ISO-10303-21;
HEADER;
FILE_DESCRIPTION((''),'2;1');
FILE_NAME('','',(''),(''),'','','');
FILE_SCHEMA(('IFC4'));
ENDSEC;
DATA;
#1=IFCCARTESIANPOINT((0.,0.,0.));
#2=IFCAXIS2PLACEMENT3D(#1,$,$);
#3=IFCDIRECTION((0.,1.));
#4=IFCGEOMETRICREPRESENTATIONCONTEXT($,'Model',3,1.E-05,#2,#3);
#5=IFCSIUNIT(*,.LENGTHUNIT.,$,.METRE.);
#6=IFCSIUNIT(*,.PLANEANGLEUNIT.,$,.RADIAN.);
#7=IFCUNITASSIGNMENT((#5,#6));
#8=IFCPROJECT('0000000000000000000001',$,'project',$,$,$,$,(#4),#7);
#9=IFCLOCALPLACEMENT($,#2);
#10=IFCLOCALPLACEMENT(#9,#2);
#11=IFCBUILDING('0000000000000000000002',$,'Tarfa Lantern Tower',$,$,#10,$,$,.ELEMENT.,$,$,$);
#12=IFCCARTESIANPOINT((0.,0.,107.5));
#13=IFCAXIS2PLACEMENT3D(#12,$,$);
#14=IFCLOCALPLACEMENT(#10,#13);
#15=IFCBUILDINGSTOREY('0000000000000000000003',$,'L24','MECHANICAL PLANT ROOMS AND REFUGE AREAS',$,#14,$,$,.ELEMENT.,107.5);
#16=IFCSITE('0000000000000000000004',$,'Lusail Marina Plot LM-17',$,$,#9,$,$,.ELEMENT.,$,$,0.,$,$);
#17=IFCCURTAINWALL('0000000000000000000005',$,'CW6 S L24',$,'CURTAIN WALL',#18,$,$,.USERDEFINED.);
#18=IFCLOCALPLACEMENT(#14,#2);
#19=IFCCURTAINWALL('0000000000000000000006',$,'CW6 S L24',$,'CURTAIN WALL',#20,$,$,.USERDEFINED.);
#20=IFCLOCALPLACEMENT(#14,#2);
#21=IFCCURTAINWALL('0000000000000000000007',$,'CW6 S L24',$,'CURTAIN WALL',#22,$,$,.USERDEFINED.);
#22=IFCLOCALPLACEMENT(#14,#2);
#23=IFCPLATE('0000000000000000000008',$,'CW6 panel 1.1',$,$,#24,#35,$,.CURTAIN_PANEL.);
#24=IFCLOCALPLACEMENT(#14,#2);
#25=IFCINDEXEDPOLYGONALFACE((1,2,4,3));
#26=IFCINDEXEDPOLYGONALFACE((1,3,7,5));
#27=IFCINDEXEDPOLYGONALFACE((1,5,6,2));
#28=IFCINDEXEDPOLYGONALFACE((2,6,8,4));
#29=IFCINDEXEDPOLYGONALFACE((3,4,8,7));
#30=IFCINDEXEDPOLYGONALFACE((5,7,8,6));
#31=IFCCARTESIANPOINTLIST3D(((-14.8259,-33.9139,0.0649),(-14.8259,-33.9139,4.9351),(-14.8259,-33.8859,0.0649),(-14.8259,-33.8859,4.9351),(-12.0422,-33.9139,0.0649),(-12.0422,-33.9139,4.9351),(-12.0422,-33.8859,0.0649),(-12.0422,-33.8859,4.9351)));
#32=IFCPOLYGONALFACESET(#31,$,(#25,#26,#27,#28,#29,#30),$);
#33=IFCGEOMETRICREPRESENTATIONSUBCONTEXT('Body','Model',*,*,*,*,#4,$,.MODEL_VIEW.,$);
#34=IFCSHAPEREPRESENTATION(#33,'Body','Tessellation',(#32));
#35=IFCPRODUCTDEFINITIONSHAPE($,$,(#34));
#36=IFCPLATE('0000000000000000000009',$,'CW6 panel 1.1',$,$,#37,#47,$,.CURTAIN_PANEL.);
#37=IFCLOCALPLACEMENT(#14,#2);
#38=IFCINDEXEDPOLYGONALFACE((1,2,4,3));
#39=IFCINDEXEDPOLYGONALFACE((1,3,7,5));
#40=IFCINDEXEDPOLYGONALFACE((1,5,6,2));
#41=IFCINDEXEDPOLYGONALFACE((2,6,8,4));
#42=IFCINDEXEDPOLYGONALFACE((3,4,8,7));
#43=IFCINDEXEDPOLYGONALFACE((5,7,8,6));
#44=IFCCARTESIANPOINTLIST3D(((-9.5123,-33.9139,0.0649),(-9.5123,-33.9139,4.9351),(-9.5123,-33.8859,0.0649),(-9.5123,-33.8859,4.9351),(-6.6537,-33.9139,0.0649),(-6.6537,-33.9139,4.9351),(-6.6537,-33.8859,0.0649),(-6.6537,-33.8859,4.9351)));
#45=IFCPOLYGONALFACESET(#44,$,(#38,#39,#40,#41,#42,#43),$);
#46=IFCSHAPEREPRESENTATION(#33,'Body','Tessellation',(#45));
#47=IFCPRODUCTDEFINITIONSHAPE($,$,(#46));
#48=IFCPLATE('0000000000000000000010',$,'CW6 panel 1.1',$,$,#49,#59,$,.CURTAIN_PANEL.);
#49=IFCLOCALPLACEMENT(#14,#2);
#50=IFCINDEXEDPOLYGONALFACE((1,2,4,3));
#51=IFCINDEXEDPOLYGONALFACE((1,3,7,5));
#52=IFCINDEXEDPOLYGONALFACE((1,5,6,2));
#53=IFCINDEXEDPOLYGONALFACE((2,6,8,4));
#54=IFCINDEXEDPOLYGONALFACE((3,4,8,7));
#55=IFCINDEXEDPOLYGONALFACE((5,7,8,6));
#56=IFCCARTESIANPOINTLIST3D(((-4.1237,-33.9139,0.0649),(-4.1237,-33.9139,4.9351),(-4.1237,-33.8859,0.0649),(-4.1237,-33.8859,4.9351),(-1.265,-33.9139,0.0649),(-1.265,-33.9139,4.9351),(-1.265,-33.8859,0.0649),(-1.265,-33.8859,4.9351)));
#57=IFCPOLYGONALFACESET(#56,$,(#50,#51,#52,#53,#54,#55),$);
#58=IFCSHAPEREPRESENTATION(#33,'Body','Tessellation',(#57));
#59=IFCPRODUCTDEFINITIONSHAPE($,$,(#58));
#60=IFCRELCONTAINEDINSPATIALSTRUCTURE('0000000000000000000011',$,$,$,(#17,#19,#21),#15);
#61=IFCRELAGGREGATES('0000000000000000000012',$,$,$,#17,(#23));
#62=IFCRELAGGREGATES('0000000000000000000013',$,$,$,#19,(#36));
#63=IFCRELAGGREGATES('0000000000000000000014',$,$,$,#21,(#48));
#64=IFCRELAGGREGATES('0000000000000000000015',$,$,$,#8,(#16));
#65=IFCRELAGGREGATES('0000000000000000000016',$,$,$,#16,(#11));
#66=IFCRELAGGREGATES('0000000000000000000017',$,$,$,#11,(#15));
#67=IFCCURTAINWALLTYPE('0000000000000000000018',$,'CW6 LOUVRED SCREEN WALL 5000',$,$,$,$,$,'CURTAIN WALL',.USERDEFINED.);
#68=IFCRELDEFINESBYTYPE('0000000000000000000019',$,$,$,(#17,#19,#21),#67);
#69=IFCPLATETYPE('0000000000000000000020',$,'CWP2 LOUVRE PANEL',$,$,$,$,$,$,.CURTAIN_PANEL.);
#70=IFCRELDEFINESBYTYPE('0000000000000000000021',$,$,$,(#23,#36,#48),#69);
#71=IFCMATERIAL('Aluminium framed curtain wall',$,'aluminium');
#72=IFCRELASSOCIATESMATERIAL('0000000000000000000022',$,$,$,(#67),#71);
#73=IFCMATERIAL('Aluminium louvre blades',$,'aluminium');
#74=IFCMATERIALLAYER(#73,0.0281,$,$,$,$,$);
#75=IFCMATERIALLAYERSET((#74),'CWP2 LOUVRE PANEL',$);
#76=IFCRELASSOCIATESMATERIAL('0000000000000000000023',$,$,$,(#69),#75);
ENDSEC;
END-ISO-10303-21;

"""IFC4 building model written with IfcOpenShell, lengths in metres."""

from ifc_helpers import new_model, si_unit, direction, frame, origin, origin_2d, place, context, subcontext, project, spatial, rectangle, extrude, material, layer, layer_set, type_object, element, aggregate, save


model = new_model("IFC4")

# Units and contexts
model_context = context("Model", 3, precision=1e-05, world=origin(), true_north=direction((0.0, 1.0)))
body_context = subcontext(model_context, "Body", "Model", "MODEL_VIEW")
ifc_project = project(units=[si_unit("LENGTHUNIT", "METRE"), si_unit("PLANEANGLEUNIT", "RADIAN")], contexts=[model_context])

# Site, building, storey
site_placement = place(None, origin())
site = spatial("IfcSite", under=ifc_project, at=site_placement, Name="Lusail Marina Plot LM-17", CompositionType="ELEMENT", RefElevation=0.0)
building_placement = place(site_placement, origin())
building = spatial("IfcBuilding", under=site, at=building_placement, Name="Tarfa Lantern Tower", CompositionType="ELEMENT")
storey_placement = place(building_placement, frame((0.0, 0.0, 107.5)))
storey = spatial("IfcBuildingStorey", under=building, at=storey_placement, Name="L24", Description="MECHANICAL PLANT ROOMS AND REFUGE AREAS", CompositionType="ELEMENT", Elevation=107.5)

# Curtain walls
ifc_material_1 = material(Name="Aluminium framed curtain wall", Category="aluminium")
curtain_wall_type = type_object("IfcCurtainWallType", Name="CW6 LOUVRED SCREEN WALL 5000", ElementType="CURTAIN WALL", PredefinedType="USERDEFINED", material=ifc_material_1)
curtain_wall_1_placement = place(storey_placement, origin())
curtain_wall_1 = element("IfcCurtainWall", 1, at=curtain_wall_1_placement, inside=storey, type_object=curtain_wall_type, Name="CW6 S L24", ObjectType="CURTAIN WALL", PredefinedType="USERDEFINED")
curtain_wall_2_placement = place(storey_placement, origin())
curtain_wall_2 = element("IfcCurtainWall", 2, at=curtain_wall_2_placement, inside=storey, type_object=curtain_wall_type, Name="CW6 S L24", ObjectType="CURTAIN WALL", PredefinedType="USERDEFINED")
curtain_wall_3_placement = place(storey_placement, origin())
curtain_wall_3 = element("IfcCurtainWall", 3, at=curtain_wall_3_placement, inside=storey, type_object=curtain_wall_type, Name="CW6 S L24", ObjectType="CURTAIN WALL", PredefinedType="USERDEFINED")

# Plates
ifc_material_2 = material(Name="Aluminium louvre blades", Category="aluminium")
ifc_layer = layer(ifc_material_2, 0.0281)
ifc_layer_set = layer_set([ifc_layer], Name="CWP2 LOUVRE PANEL")
plate_type = type_object("IfcPlateType", Name="CWP2 LOUVRE PANEL", PredefinedType="CURTAIN_PANEL", material=ifc_layer_set)
plate_1_placement = place(storey_placement, frame((-13.4341, -33.8999, 0.0649), z_axis=(0.0, 0.0, 1.0), x_axis=(1.0, 0.0, 0.0)))
plate_1 = element("IfcPlate", 4, at=plate_1_placement, type_object=plate_type, Name="CW6 panel 1.1", PredefinedType="CURTAIN_PANEL", context=body_context, shape_type="SweptSolid", body=[
    extrude(rectangle(XDim=2.7837, YDim=0.0281, at=origin_2d()), origin(), (0.0, 0.0, 1.0), 4.8701),
])
aggregate(curtain_wall_1, [plate_1])
plate_2_placement = place(storey_placement, frame((-8.083, -33.8999, 0.0649), z_axis=(0.0, 0.0, 1.0), x_axis=(1.0, 0.0, 0.0)))
plate_2 = element("IfcPlate", 5, at=plate_2_placement, type_object=plate_type, Name="CW6 panel 1.1", PredefinedType="CURTAIN_PANEL", context=body_context, shape_type="SweptSolid", body=[
    extrude(rectangle(XDim=2.8586, YDim=0.0281, at=origin_2d()), origin(), (0.0, 0.0, 1.0), 4.8701),
])
aggregate(curtain_wall_2, [plate_2])
plate_3_placement = place(storey_placement, frame((-2.6943, -33.8999, 0.0649), z_axis=(0.0, 0.0, 1.0), x_axis=(1.0, 0.0, 0.0)))
plate_3 = element("IfcPlate", 6, at=plate_3_placement, type_object=plate_type, Name="CW6 panel 1.1", PredefinedType="CURTAIN_PANEL", context=body_context, shape_type="SweptSolid", body=[
    extrude(rectangle(XDim=2.8586, YDim=0.0281, at=origin_2d()), origin(), (0.0, 0.0, 1.0), 4.8701),
])
aggregate(curtain_wall_3, [plate_3])

save(model, "model.ifc")
